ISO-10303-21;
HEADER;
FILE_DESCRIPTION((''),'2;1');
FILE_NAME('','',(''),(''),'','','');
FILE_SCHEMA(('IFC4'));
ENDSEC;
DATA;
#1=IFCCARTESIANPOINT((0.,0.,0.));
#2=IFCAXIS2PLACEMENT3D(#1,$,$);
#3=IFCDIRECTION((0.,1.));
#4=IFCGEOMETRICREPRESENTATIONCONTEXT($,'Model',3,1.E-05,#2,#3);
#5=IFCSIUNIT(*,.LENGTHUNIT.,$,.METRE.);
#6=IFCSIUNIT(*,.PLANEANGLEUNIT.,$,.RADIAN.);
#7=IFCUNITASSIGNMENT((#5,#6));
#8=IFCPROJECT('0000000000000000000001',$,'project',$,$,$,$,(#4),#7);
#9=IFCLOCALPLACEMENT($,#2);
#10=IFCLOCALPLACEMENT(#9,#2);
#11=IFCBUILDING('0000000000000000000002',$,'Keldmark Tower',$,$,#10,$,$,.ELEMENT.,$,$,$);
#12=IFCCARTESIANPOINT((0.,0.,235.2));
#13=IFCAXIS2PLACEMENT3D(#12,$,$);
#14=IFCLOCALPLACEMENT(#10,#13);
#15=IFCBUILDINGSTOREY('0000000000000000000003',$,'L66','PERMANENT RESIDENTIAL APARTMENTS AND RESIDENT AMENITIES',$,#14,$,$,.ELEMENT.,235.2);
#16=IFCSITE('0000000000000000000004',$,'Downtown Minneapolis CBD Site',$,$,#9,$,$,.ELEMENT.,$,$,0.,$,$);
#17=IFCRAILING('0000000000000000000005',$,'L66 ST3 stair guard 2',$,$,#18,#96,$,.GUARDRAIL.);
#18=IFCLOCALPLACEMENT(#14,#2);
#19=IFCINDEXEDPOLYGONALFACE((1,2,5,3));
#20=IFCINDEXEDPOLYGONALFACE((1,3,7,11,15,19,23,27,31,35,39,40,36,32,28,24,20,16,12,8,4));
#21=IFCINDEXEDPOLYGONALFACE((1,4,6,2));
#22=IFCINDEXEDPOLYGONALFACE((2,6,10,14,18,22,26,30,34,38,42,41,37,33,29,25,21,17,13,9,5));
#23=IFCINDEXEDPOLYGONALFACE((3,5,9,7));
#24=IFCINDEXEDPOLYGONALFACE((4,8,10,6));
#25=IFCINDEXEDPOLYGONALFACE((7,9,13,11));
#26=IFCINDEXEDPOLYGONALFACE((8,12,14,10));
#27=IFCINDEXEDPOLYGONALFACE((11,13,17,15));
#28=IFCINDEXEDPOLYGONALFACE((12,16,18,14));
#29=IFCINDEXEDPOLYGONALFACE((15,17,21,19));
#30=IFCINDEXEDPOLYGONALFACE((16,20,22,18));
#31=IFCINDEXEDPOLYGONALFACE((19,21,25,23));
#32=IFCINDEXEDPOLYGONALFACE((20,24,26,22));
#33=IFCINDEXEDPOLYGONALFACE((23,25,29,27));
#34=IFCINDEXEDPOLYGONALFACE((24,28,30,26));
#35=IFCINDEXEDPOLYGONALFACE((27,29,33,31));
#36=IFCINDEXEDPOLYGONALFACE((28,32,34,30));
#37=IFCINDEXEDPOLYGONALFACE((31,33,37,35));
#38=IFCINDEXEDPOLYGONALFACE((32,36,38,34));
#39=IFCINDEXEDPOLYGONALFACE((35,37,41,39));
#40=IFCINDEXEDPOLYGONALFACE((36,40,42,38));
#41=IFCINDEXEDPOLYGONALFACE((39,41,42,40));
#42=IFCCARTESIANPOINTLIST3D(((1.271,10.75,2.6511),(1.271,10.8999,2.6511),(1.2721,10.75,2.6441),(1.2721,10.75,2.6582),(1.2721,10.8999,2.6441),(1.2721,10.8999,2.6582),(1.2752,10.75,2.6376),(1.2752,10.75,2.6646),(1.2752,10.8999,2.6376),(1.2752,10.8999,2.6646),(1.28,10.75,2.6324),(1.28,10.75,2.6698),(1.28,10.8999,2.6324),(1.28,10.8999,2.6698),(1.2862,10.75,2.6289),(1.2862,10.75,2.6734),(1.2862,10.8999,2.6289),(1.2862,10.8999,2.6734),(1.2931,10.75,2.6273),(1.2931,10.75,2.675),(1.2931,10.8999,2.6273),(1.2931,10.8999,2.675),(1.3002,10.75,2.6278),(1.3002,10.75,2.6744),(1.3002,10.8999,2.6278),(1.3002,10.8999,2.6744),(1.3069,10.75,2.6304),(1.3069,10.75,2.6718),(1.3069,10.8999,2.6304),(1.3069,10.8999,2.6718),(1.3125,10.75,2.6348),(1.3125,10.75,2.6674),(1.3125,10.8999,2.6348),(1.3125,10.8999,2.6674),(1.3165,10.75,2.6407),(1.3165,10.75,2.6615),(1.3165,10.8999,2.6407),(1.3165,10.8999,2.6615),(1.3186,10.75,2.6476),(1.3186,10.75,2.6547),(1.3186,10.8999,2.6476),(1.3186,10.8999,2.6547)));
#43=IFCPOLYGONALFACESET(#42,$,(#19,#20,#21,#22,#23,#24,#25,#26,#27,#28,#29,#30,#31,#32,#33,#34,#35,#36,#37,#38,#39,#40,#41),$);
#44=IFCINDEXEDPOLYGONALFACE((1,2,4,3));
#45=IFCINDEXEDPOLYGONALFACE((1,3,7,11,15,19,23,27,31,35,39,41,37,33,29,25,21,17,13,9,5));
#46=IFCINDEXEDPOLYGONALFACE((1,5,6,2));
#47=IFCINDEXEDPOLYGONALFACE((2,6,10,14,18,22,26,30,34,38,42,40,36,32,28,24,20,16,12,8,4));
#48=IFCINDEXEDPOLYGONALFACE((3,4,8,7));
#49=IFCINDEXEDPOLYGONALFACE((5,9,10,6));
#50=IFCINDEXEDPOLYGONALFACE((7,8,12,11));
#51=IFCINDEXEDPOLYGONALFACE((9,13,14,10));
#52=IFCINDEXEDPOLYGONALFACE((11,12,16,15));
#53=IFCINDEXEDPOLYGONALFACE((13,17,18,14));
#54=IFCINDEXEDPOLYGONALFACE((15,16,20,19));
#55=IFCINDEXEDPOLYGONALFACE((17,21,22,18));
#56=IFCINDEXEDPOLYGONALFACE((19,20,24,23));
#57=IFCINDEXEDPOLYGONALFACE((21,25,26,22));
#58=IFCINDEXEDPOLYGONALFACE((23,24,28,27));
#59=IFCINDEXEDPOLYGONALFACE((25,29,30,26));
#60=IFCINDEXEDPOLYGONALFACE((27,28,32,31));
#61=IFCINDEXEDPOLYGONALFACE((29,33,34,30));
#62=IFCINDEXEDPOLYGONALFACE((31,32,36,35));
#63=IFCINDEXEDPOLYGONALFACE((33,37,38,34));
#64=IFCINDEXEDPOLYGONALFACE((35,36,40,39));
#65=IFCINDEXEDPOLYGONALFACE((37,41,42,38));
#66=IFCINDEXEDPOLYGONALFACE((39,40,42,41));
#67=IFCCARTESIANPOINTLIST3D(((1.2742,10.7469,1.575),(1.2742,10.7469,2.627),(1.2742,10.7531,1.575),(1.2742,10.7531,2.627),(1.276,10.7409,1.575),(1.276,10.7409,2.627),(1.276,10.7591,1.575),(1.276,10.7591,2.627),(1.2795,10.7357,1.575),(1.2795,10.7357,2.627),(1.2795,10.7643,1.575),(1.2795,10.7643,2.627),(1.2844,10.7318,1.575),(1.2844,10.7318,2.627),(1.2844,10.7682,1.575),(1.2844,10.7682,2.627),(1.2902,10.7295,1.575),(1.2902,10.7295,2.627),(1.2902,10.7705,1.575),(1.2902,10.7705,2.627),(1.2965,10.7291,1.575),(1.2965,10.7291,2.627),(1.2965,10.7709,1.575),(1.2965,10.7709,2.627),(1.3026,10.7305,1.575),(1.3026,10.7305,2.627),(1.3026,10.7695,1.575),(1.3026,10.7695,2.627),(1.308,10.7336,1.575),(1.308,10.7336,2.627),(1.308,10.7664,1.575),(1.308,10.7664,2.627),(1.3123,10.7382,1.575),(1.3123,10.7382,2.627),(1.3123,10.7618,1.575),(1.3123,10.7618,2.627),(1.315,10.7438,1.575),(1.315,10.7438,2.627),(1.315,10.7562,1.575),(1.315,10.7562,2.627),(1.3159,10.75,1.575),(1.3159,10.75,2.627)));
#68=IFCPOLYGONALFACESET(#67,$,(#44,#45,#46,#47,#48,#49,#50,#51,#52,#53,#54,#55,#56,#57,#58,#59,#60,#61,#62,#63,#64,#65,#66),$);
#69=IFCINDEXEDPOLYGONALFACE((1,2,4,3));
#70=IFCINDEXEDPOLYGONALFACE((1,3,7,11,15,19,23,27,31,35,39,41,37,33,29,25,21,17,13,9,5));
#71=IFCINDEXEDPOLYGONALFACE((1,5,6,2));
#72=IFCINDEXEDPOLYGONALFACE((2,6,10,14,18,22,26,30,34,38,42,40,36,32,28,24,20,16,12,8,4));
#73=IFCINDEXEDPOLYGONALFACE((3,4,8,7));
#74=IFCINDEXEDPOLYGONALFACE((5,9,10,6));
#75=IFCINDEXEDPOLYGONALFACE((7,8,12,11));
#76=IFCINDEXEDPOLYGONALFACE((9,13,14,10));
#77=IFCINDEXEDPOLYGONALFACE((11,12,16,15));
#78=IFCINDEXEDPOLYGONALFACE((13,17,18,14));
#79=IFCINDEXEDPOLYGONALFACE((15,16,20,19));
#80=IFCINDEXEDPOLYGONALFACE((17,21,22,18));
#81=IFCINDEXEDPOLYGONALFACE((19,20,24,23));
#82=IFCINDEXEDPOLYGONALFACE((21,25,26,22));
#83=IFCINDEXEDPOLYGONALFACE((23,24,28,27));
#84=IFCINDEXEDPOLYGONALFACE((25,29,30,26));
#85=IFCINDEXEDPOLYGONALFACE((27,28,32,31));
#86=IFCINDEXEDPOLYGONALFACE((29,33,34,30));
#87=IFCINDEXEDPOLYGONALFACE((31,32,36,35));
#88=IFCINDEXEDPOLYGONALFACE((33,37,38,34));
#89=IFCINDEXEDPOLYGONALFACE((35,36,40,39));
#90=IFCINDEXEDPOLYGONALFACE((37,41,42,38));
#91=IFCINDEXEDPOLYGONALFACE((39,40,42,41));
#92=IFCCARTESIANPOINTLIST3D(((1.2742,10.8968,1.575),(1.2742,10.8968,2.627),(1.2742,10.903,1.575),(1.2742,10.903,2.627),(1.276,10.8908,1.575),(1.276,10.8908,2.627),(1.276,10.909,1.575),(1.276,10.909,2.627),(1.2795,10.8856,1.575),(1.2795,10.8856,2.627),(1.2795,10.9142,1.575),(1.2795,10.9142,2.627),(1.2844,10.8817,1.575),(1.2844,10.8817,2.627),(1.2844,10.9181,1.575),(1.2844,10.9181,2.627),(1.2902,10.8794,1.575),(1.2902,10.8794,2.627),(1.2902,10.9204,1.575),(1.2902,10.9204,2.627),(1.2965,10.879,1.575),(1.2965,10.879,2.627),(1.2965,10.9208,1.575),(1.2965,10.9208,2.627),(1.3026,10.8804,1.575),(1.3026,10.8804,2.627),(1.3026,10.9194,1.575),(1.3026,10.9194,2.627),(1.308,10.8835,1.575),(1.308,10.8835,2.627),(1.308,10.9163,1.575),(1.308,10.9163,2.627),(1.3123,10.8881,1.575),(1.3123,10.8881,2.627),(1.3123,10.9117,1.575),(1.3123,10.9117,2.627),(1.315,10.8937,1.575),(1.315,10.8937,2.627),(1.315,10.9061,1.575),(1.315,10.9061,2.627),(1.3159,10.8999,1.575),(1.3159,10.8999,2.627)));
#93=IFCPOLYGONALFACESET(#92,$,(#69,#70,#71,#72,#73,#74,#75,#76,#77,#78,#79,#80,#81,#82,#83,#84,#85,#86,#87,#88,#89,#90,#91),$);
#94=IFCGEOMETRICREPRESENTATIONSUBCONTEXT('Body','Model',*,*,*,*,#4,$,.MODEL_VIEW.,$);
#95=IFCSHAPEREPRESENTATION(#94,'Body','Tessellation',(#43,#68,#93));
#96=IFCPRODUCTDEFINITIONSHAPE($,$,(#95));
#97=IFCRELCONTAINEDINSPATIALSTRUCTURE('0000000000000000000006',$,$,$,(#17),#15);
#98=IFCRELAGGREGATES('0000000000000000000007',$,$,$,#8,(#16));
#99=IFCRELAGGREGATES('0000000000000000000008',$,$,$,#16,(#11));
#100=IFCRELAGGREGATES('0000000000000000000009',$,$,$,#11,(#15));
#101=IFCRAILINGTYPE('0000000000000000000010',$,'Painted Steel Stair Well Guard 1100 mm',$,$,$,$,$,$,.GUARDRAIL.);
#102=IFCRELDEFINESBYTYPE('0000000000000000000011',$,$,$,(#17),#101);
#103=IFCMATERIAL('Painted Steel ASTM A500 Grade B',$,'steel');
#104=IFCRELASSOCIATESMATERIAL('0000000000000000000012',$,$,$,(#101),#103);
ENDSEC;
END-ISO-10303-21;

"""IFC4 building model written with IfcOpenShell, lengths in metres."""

from ifc_helpers import new_model, si_unit, direction, frame, origin, origin_2d, place, context, subcontext, project, spatial, circle, extrude, material, type_object, element, save


model = new_model("IFC4")

# Units and contexts
model_context = context("Model", 3, precision=1e-05, world=origin(), true_north=direction((0.0, 1.0)))
body_context = subcontext(model_context, "Body", "Model", "MODEL_VIEW")
ifc_project = project(units=[si_unit("LENGTHUNIT", "METRE"), si_unit("PLANEANGLEUNIT", "RADIAN")], contexts=[model_context])

# Site, building, storey
site_placement = place(None, origin())
site = spatial("IfcSite", under=ifc_project, at=site_placement, Name="Downtown Minneapolis CBD Site", CompositionType="ELEMENT", RefElevation=0.0)
building_placement = place(site_placement, origin())
building = spatial("IfcBuilding", under=site, at=building_placement, Name="Keldmark Tower", CompositionType="ELEMENT")
storey_placement = place(building_placement, frame((0.0, 0.0, 235.2)))
storey = spatial("IfcBuildingStorey", under=building, at=storey_placement, Name="L66", Description="PERMANENT RESIDENTIAL APARTMENTS AND RESIDENT AMENITIES", CompositionType="ELEMENT", Elevation=235.2)

# Railing
ifc_material_1 = material(Name="Painted Steel ASTM A500 Grade B", Category="steel")
railing_type_1 = type_object("IfcRailingType", Name="Painted Steel Stair Well Guard 1100 mm", PredefinedType="GUARDRAIL", material=ifc_material_1)
railing_1_placement = place(storey_placement, frame((1.2949, 10.75, 1.575)))
element("IfcRailing", 1, at=railing_1_placement, inside=storey, type_object=railing_type_1, Name="L66 ST3 stair guard 2", PredefinedType="GUARDRAIL", context=body_context, shape_type="SweptSolid", body=[
    extrude(circle(Radius=0.0239, at=origin_2d()), frame((0.0, 0.0, 1.0762), z_axis=(0.0, 1.0, 0.0), x_axis=(-1.0, 0.0, 0.0)), (0.0, 0.0, 1.0), 0.1499),
    extrude(circle(Radius=0.021, at=origin_2d()), origin(), (0.0, 0.0, 1.0), 1.052),
    extrude(circle(Radius=0.021, at=origin_2d()), frame((0.0, 0.1499, 0.0)), (0.0, 0.0, 1.0), 1.052),
])

save(model, "model.ifc")
